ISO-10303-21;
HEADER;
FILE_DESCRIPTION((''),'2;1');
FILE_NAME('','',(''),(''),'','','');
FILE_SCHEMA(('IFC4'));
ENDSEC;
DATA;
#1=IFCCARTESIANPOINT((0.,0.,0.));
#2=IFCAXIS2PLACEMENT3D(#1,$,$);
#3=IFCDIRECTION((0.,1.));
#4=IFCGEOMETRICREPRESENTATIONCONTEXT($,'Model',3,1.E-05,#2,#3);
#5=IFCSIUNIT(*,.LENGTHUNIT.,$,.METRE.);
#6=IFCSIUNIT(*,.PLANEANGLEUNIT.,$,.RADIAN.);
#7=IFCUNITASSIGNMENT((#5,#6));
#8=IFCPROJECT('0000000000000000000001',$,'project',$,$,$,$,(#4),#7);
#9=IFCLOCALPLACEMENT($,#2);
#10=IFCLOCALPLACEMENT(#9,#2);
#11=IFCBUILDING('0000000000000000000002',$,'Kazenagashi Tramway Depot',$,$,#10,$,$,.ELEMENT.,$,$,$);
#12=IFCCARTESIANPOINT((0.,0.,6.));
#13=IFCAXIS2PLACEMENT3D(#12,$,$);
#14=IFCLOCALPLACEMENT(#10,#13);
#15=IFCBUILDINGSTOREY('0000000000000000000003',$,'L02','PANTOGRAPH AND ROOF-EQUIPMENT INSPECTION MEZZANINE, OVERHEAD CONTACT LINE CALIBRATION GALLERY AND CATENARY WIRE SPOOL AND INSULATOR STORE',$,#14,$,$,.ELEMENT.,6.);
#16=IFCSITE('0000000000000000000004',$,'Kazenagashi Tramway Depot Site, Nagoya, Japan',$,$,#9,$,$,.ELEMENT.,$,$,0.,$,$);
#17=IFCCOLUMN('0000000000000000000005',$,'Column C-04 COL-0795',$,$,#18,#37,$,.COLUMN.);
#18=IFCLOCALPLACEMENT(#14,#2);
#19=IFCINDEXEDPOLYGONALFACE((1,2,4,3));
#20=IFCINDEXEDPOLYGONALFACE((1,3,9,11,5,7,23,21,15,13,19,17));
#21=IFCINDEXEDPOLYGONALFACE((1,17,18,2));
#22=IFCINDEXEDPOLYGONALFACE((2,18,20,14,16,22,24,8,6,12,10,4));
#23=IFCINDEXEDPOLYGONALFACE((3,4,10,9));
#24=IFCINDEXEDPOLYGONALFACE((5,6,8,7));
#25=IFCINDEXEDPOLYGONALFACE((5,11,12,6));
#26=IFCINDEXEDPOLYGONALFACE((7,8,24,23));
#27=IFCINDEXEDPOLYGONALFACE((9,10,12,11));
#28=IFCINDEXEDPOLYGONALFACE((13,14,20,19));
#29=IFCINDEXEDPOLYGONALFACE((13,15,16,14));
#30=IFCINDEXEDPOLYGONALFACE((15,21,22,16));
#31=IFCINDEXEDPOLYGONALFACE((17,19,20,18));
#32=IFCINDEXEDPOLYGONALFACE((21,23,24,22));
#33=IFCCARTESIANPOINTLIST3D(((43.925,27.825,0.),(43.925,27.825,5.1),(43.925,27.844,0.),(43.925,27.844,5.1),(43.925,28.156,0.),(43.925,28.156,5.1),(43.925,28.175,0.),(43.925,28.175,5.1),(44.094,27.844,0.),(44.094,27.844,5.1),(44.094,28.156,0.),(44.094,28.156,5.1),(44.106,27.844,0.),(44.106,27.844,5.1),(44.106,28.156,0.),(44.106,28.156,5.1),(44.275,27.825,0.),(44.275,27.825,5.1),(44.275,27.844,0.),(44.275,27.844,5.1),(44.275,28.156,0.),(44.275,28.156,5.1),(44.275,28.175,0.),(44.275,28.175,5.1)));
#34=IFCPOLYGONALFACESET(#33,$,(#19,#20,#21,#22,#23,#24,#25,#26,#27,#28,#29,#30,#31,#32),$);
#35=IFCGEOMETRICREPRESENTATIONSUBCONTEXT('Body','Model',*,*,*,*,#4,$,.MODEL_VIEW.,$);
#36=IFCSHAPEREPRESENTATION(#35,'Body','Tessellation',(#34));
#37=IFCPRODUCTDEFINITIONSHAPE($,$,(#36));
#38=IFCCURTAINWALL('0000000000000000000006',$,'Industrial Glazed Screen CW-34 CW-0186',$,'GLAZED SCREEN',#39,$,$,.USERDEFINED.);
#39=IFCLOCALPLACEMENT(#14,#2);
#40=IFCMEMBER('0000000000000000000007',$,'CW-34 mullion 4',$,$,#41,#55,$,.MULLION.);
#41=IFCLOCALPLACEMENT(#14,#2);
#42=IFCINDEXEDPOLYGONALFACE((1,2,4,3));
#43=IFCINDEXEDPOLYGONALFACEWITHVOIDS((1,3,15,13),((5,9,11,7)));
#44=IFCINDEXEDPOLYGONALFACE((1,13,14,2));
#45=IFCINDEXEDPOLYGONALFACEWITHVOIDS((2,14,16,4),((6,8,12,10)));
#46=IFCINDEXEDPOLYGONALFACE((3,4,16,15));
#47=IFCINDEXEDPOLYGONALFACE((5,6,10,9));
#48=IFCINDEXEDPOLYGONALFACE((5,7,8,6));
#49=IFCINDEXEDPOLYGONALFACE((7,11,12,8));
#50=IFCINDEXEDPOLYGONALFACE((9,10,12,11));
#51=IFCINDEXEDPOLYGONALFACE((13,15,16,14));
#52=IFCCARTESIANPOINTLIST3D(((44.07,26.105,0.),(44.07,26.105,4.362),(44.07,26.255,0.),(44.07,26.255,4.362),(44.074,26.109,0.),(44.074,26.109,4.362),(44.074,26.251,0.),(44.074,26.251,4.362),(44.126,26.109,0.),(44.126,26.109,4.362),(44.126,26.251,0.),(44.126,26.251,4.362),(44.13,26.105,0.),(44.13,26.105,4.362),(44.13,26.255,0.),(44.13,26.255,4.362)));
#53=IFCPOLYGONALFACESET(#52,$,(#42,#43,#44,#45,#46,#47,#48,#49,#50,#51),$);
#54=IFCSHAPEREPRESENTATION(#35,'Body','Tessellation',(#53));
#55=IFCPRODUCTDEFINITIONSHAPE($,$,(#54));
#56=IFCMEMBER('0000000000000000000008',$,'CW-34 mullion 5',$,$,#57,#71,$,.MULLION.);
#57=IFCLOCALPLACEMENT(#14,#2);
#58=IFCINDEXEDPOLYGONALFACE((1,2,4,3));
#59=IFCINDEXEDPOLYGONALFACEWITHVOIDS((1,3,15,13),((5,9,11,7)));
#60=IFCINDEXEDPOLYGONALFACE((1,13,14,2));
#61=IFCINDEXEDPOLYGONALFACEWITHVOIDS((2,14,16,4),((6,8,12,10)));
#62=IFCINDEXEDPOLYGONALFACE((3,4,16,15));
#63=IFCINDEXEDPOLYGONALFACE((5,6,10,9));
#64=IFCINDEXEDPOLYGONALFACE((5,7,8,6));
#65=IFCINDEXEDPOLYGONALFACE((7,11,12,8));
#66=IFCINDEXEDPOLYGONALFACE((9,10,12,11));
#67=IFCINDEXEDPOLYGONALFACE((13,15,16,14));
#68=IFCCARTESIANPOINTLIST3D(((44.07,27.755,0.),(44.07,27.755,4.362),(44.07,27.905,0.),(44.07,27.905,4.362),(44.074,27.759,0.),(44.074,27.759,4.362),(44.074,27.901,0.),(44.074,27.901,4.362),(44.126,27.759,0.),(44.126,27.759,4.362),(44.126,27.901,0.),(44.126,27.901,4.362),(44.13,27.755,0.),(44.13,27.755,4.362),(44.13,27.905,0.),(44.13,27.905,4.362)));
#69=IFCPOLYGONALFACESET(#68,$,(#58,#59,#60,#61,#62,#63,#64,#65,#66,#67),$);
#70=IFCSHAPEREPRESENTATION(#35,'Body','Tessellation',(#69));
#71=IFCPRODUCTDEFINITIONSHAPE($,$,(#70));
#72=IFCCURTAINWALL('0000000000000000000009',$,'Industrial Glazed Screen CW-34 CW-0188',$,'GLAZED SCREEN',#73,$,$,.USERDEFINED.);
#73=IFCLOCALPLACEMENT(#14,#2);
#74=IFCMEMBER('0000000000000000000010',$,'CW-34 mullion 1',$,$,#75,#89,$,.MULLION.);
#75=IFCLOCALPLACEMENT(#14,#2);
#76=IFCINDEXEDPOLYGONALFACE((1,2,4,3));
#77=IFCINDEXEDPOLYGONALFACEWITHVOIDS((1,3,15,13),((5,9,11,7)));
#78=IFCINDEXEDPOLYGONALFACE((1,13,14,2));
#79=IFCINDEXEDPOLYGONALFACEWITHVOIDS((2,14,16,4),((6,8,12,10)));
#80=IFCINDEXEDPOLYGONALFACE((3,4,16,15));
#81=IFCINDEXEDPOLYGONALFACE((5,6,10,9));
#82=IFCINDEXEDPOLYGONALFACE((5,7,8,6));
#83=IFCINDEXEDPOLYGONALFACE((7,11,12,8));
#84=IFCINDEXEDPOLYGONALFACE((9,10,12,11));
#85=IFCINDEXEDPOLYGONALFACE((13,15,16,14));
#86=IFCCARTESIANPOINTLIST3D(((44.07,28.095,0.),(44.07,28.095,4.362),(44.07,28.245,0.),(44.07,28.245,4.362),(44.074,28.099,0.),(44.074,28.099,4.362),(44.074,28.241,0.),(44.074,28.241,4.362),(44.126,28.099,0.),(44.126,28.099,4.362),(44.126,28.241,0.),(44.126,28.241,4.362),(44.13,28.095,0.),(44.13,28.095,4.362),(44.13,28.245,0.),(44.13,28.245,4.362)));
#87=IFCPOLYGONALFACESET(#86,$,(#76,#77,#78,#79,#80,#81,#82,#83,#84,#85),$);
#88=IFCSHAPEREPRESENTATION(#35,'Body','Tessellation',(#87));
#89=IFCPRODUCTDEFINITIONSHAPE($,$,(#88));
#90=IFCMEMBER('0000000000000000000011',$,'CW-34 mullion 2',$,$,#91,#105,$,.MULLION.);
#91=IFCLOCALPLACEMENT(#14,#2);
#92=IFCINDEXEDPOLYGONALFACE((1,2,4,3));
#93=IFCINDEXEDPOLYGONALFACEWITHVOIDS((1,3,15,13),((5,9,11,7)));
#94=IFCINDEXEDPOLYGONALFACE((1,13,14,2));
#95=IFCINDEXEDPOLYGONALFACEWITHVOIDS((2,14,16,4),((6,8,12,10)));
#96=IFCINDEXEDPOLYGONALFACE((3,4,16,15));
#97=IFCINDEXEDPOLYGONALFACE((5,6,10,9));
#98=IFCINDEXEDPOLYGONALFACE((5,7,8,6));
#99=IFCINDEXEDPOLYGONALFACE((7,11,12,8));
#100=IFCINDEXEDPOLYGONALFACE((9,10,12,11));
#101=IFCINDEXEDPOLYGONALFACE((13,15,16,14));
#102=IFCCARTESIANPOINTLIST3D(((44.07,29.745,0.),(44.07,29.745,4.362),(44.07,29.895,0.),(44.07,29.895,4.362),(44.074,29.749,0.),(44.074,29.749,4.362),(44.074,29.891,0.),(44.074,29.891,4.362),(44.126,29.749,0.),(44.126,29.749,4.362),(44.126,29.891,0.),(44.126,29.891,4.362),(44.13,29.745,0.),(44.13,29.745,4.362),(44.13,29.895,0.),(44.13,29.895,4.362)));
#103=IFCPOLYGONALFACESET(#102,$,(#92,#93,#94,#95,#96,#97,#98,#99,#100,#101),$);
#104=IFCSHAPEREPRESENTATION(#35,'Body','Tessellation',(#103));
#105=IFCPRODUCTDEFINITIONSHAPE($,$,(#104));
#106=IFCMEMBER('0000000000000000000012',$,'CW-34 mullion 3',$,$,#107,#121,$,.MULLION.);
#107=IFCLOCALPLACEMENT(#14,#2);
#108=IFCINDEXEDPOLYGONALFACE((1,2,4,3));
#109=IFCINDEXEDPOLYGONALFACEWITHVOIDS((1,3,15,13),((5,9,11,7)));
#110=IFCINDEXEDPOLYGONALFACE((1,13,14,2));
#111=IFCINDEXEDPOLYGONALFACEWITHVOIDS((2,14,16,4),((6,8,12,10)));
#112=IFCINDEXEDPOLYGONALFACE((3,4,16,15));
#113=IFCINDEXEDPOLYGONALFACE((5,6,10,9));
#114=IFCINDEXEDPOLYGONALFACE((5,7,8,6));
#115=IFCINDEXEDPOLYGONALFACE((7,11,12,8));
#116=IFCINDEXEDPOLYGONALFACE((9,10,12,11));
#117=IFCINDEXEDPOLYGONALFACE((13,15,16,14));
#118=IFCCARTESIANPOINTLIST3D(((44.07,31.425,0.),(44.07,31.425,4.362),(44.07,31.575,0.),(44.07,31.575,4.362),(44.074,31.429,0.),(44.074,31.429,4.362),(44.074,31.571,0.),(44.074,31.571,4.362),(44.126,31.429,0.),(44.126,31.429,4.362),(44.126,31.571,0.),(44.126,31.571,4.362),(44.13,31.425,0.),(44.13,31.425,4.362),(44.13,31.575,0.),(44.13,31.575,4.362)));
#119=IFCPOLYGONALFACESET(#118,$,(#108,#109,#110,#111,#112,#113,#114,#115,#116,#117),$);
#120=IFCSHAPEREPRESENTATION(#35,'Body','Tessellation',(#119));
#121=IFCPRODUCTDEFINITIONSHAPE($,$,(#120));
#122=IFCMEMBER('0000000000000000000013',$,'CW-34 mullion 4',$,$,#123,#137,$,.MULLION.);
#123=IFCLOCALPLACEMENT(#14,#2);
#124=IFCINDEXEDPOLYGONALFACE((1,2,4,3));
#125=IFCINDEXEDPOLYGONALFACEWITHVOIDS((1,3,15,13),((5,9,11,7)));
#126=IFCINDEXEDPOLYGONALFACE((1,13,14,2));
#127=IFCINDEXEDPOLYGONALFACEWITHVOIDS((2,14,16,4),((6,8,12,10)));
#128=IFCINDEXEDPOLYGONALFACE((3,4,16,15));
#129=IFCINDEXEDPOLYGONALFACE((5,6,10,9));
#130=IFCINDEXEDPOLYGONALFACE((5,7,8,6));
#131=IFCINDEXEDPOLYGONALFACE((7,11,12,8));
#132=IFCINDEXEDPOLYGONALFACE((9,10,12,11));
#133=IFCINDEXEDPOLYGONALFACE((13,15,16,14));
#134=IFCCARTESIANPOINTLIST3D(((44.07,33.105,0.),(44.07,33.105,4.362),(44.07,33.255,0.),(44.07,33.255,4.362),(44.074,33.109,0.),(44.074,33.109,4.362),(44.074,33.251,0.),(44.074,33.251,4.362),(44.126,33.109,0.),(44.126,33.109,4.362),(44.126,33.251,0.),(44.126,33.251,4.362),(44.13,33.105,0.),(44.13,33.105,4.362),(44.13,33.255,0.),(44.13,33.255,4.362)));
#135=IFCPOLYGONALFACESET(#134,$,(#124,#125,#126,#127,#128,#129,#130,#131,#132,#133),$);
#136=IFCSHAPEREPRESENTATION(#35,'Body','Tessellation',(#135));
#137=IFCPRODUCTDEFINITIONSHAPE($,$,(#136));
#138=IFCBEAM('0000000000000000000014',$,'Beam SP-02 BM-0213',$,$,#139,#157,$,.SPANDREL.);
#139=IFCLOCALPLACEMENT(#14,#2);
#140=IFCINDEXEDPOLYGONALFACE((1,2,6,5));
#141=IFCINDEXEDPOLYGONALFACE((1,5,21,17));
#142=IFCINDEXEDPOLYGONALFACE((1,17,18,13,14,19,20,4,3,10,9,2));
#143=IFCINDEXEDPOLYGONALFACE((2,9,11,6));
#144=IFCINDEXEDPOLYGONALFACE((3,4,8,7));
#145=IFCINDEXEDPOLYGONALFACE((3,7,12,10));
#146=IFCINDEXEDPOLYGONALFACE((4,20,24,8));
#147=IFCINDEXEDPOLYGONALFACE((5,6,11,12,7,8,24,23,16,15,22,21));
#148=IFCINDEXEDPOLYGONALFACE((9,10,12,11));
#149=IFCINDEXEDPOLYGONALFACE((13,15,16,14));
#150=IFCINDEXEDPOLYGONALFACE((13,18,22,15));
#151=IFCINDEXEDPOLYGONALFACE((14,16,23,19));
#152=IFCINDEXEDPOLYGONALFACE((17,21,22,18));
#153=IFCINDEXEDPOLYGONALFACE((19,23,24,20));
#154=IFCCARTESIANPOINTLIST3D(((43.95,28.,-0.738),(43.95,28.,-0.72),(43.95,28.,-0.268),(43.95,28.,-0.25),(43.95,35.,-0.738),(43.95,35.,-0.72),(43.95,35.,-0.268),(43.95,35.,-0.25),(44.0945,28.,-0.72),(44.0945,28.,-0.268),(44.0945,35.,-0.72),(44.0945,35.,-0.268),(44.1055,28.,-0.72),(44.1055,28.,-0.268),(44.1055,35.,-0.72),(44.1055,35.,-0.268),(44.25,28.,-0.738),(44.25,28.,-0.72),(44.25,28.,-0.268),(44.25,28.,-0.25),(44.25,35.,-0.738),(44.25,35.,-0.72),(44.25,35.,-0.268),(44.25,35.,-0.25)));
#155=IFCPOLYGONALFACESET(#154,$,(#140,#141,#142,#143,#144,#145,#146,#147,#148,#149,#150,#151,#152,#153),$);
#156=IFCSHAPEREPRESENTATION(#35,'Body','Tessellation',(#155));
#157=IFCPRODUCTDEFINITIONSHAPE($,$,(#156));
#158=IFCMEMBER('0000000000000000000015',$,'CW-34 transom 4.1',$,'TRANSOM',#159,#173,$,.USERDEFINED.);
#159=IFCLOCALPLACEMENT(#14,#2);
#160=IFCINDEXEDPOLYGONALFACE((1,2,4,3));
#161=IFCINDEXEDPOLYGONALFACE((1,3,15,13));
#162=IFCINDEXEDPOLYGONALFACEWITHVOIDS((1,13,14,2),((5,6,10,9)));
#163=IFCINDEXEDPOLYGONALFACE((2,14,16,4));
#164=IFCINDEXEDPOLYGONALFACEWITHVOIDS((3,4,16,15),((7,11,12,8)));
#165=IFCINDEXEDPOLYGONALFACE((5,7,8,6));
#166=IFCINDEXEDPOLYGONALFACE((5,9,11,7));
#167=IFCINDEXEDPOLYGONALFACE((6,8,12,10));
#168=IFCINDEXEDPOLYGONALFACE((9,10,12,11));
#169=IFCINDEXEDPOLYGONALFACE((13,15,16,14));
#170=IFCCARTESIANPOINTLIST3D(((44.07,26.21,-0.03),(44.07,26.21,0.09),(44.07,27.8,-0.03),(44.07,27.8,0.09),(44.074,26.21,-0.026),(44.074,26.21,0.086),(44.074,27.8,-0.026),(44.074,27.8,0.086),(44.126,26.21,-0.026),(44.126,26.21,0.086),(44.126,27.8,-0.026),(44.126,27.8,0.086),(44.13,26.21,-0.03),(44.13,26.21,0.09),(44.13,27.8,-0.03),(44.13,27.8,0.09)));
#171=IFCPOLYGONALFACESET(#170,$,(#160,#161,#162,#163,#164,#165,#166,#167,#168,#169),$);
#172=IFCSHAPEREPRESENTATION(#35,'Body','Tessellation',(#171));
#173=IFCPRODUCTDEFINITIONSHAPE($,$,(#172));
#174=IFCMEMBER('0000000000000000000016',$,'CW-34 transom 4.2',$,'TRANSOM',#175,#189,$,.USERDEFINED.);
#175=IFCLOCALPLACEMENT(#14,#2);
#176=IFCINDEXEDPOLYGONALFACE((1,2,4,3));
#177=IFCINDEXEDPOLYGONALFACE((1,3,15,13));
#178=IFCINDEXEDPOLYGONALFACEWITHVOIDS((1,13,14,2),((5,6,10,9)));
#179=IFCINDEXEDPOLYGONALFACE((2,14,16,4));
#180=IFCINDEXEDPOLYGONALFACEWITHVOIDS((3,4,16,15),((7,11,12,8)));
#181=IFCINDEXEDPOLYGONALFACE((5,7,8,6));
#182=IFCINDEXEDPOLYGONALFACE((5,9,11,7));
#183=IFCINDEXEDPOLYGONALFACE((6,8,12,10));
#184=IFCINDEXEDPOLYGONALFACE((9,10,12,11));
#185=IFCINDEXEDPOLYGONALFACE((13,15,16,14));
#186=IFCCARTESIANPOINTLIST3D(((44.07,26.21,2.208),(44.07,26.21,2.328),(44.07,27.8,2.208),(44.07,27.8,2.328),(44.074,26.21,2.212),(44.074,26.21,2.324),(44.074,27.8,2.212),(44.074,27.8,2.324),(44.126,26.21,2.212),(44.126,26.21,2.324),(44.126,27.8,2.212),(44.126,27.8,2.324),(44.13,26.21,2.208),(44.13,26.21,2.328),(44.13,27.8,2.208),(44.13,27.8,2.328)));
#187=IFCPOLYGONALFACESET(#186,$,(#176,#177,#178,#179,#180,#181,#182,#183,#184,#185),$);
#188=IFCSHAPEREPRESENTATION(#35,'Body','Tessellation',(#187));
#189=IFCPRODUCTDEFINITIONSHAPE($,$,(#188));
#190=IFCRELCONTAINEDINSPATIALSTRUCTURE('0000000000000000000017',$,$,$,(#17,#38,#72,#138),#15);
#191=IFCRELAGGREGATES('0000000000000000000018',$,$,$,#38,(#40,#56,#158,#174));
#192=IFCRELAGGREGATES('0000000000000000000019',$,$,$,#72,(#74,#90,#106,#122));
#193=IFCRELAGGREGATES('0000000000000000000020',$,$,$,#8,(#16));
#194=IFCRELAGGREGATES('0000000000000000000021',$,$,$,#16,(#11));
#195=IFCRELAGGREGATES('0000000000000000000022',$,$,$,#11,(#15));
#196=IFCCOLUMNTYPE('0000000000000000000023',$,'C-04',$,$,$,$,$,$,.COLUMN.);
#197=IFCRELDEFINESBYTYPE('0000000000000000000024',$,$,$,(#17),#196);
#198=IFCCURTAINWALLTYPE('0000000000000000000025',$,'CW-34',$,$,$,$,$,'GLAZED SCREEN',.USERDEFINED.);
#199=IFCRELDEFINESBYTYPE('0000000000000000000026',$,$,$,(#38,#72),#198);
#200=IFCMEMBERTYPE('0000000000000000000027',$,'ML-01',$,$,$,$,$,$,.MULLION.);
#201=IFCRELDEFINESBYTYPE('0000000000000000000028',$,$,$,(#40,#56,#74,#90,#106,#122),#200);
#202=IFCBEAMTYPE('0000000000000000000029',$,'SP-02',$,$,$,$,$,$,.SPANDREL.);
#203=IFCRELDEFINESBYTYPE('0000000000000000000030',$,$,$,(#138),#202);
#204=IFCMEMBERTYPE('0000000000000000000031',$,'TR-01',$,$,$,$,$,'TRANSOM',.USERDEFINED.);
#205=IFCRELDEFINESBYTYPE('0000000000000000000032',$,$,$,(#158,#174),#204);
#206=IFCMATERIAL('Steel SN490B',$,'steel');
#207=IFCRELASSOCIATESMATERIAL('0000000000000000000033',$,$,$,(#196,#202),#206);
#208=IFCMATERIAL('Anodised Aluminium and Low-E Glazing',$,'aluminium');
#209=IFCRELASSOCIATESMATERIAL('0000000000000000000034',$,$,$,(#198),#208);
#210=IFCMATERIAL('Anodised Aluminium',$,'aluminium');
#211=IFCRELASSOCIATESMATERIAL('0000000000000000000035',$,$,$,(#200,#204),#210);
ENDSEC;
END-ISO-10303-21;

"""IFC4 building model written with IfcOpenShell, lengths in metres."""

from ifc_helpers import new_model, si_unit, direction, frame, origin, origin_2d, place, context, subcontext, project, spatial, hollow_rectangle, i_section, extrude, material, material_profile, profile_set, type_object, element, aggregate, save


model = new_model("IFC4")

# Units and contexts
model_context = context("Model", 3, precision=1e-05, world=origin(), true_north=direction((0.0, 1.0)))
body_context = subcontext(model_context, "Body", "Model", "MODEL_VIEW")
ifc_project = project(units=[si_unit("LENGTHUNIT", "METRE"), si_unit("PLANEANGLEUNIT", "RADIAN")], contexts=[model_context])

# Site, building, storey
site_placement = place(None, origin())
site = spatial("IfcSite", under=ifc_project, at=site_placement, Name="Kazenagashi Tramway Depot Site, Nagoya, Japan", CompositionType="ELEMENT", RefElevation=0.0)
building_placement = place(site_placement, origin())
building = spatial("IfcBuilding", under=site, at=building_placement, Name="Kazenagashi Tramway Depot", CompositionType="ELEMENT")
storey_placement = place(building_placement, frame((0.0, 0.0, 6.0)))
storey = spatial("IfcBuildingStorey", under=building, at=storey_placement, Name="L02", Description="PANTOGRAPH AND ROOF-EQUIPMENT INSPECTION MEZZANINE, OVERHEAD CONTACT LINE CALIBRATION GALLERY AND CATENARY WIRE SPOOL AND INSULATOR STORE", CompositionType="ELEMENT", Elevation=6.0)

# Column
ifc_material_1 = material(Name="Steel SN490B", Category="steel")
ifc_material_profile_1 = material_profile(ifc_material_1, i_section(OverallWidth=0.35, OverallDepth=0.35, WebThickness=0.012, FlangeThickness=0.019, at=origin_2d()), Name="H-350x350x12x19")
ifc_profile_set_1 = profile_set([ifc_material_profile_1], Name="Steel SN490B")
column_type = type_object("IfcColumnType", Name="C-04", PredefinedType="COLUMN", material=ifc_profile_set_1)
column_placement = place(storey_placement, frame((44.1, 28.0, 0.0), z_axis=(0.0, 0.0, 1.0), x_axis=(1.0, 0.0, 0.0)))
element("IfcColumn", 1, at=column_placement, inside=storey, type_object=column_type, Name="Column C-04 COL-0795", PredefinedType="COLUMN", context=body_context, shape_type="SweptSolid", body=[
    extrude(i_section(OverallWidth=0.35, OverallDepth=0.35, WebThickness=0.012, FlangeThickness=0.019, at=origin_2d()), origin(), (0.0, 0.0, 1.0), 5.1),
])

# Curtain walls, members
ifc_material_2 = material(Name="Anodised Aluminium and Low-E Glazing", Category="aluminium")
curtain_wall_type = type_object("IfcCurtainWallType", Name="CW-34", ElementType="GLAZED SCREEN", PredefinedType="USERDEFINED", material=ifc_material_2)
curtain_wall_1_placement = place(storey_placement, origin())
curtain_wall_1 = element("IfcCurtainWall", 2, at=curtain_wall_1_placement, inside=storey, type_object=curtain_wall_type, Name="Industrial Glazed Screen CW-34 CW-0186", ObjectType="GLAZED SCREEN", PredefinedType="USERDEFINED")
ifc_material_3 = material(Name="Anodised Aluminium", Category="aluminium")
ifc_material_profile_2 = material_profile(ifc_material_3, hollow_rectangle(XDim=0.06, YDim=0.15, WallThickness=0.004, at=origin_2d()), Name="RHS-150x60x4")
ifc_profile_set_2 = profile_set([ifc_material_profile_2], Name="Anodised Aluminium")
member_type_1 = type_object("IfcMemberType", Name="ML-01", PredefinedType="MULLION", material=ifc_profile_set_2)
member_1_placement = place(storey_placement, frame((44.1, 26.18, 0.0), z_axis=(0.0, 0.0, 1.0), x_axis=(-1.0, 0.0, 0.0)))
member_1 = element("IfcMember", 3, at=member_1_placement, type_object=member_type_1, Name="CW-34 mullion 4", PredefinedType="MULLION", context=body_context, shape_type="SweptSolid", body=[
    extrude(hollow_rectangle(XDim=0.06, YDim=0.15, WallThickness=0.004, at=origin_2d()), origin(), (0.0, 0.0, 1.0), 4.362),
])
member_2_placement = place(storey_placement, frame((44.1, 27.83, 0.0), z_axis=(0.0, 0.0, 1.0), x_axis=(-1.0, 0.0, 0.0)))
member_2 = element("IfcMember", 4, at=member_2_placement, type_object=member_type_1, Name="CW-34 mullion 5", PredefinedType="MULLION", context=body_context, shape_type="SweptSolid", body=[
    extrude(hollow_rectangle(XDim=0.06, YDim=0.15, WallThickness=0.004, at=origin_2d()), origin(), (0.0, 0.0, 1.0), 4.362),
])
curtain_wall_2_placement = place(storey_placement, origin())
curtain_wall_2 = element("IfcCurtainWall", 5, at=curtain_wall_2_placement, inside=storey, type_object=curtain_wall_type, Name="Industrial Glazed Screen CW-34 CW-0188", ObjectType="GLAZED SCREEN", PredefinedType="USERDEFINED")
member_3_placement = place(storey_placement, frame((44.1, 28.17, 0.0), z_axis=(0.0, 0.0, 1.0), x_axis=(-1.0, 0.0, 0.0)))
member_3 = element("IfcMember", 6, at=member_3_placement, type_object=member_type_1, Name="CW-34 mullion 1", PredefinedType="MULLION", context=body_context, shape_type="SweptSolid", body=[
    extrude(hollow_rectangle(XDim=0.06, YDim=0.15, WallThickness=0.004, at=origin_2d()), origin(), (0.0, 0.0, 1.0), 4.362),
])
member_4_placement = place(storey_placement, frame((44.1, 29.82, 0.0), z_axis=(0.0, 0.0, 1.0), x_axis=(-1.0, 0.0, 0.0)))
member_4 = element("IfcMember", 7, at=member_4_placement, type_object=member_type_1, Name="CW-34 mullion 2", PredefinedType="MULLION", context=body_context, shape_type="SweptSolid", body=[
    extrude(hollow_rectangle(XDim=0.06, YDim=0.15, WallThickness=0.004, at=origin_2d()), origin(), (0.0, 0.0, 1.0), 4.362),
])
member_5_placement = place(storey_placement, frame((44.1, 31.5, 0.0), z_axis=(0.0, 0.0, 1.0), x_axis=(-1.0, 0.0, 0.0)))
member_5 = element("IfcMember", 8, at=member_5_placement, type_object=member_type_1, Name="CW-34 mullion 3", PredefinedType="MULLION", context=body_context, shape_type="SweptSolid", body=[
    extrude(hollow_rectangle(XDim=0.06, YDim=0.15, WallThickness=0.004, at=origin_2d()), origin(), (0.0, 0.0, 1.0), 4.362),
])
member_6_placement = place(storey_placement, frame((44.1, 33.18, 0.0), z_axis=(0.0, 0.0, 1.0), x_axis=(-1.0, 0.0, 0.0)))
member_6 = element("IfcMember", 9, at=member_6_placement, type_object=member_type_1, Name="CW-34 mullion 4", PredefinedType="MULLION", context=body_context, shape_type="SweptSolid", body=[
    extrude(hollow_rectangle(XDim=0.06, YDim=0.15, WallThickness=0.004, at=origin_2d()), origin(), (0.0, 0.0, 1.0), 4.362),
])

# Beam
ifc_material_profile_3 = material_profile(ifc_material_1, i_section(OverallWidth=0.3, OverallDepth=0.488, WebThickness=0.011, FlangeThickness=0.018, at=origin_2d()), Name="H-488x300x11x18")
ifc_profile_set_3 = profile_set([ifc_material_profile_3], Name="Steel SN490B")
beam_type = type_object("IfcBeamType", Name="SP-02", PredefinedType="SPANDREL", material=ifc_profile_set_3)
beam_placement = place(storey_placement, frame((44.1, 28.0, -0.494), z_axis=(0.0, 1.0, 0.0), x_axis=(-1.0, 0.0, 0.0)))
element("IfcBeam", 10, at=beam_placement, inside=storey, type_object=beam_type, Name="Beam SP-02 BM-0213", PredefinedType="SPANDREL", context=body_context, shape_type="SweptSolid", body=[
    extrude(i_section(OverallWidth=0.3, OverallDepth=0.488, WebThickness=0.011, FlangeThickness=0.018, at=origin_2d()), origin(), (0.0, 0.0, 1.0), 7.0),
])

# Members
ifc_material_profile_4 = material_profile(ifc_material_3, hollow_rectangle(XDim=0.06, YDim=0.12, WallThickness=0.004, at=origin_2d()), Name="RHS-120x60x4")
ifc_profile_set_4 = profile_set([ifc_material_profile_4], Name="Anodised Aluminium")
member_type_2 = type_object("IfcMemberType", Name="TR-01", ElementType="TRANSOM", PredefinedType="USERDEFINED", material=ifc_profile_set_4)
member_7_placement = place(storey_placement, frame((44.1, 26.21, 0.03), z_axis=(0.0, 1.0, 0.0), x_axis=(-1.0, 0.0, 0.0)))
member_7 = element("IfcMember", 11, at=member_7_placement, type_object=member_type_2, Name="CW-34 transom 4.1", ObjectType="TRANSOM", PredefinedType="USERDEFINED", context=body_context, shape_type="SweptSolid", body=[
    extrude(hollow_rectangle(XDim=0.06, YDim=0.12, WallThickness=0.004, at=origin_2d()), origin(), (0.0, 0.0, 1.0), 1.59),
])
member_8_placement = place(storey_placement, frame((44.1, 26.21, 2.268), z_axis=(0.0, 1.0, 0.0), x_axis=(-1.0, 0.0, 0.0)))
member_8 = element("IfcMember", 12, at=member_8_placement, type_object=member_type_2, Name="CW-34 transom 4.2", ObjectType="TRANSOM", PredefinedType="USERDEFINED", context=body_context, shape_type="SweptSolid", body=[
    extrude(hollow_rectangle(XDim=0.06, YDim=0.12, WallThickness=0.004, at=origin_2d()), origin(), (0.0, 0.0, 1.0), 1.59),
])

aggregate(curtain_wall_1, [member_1, member_2, member_7, member_8])
aggregate(curtain_wall_2, [member_3, member_4, member_5, member_6])

save(model, "model.ifc")
